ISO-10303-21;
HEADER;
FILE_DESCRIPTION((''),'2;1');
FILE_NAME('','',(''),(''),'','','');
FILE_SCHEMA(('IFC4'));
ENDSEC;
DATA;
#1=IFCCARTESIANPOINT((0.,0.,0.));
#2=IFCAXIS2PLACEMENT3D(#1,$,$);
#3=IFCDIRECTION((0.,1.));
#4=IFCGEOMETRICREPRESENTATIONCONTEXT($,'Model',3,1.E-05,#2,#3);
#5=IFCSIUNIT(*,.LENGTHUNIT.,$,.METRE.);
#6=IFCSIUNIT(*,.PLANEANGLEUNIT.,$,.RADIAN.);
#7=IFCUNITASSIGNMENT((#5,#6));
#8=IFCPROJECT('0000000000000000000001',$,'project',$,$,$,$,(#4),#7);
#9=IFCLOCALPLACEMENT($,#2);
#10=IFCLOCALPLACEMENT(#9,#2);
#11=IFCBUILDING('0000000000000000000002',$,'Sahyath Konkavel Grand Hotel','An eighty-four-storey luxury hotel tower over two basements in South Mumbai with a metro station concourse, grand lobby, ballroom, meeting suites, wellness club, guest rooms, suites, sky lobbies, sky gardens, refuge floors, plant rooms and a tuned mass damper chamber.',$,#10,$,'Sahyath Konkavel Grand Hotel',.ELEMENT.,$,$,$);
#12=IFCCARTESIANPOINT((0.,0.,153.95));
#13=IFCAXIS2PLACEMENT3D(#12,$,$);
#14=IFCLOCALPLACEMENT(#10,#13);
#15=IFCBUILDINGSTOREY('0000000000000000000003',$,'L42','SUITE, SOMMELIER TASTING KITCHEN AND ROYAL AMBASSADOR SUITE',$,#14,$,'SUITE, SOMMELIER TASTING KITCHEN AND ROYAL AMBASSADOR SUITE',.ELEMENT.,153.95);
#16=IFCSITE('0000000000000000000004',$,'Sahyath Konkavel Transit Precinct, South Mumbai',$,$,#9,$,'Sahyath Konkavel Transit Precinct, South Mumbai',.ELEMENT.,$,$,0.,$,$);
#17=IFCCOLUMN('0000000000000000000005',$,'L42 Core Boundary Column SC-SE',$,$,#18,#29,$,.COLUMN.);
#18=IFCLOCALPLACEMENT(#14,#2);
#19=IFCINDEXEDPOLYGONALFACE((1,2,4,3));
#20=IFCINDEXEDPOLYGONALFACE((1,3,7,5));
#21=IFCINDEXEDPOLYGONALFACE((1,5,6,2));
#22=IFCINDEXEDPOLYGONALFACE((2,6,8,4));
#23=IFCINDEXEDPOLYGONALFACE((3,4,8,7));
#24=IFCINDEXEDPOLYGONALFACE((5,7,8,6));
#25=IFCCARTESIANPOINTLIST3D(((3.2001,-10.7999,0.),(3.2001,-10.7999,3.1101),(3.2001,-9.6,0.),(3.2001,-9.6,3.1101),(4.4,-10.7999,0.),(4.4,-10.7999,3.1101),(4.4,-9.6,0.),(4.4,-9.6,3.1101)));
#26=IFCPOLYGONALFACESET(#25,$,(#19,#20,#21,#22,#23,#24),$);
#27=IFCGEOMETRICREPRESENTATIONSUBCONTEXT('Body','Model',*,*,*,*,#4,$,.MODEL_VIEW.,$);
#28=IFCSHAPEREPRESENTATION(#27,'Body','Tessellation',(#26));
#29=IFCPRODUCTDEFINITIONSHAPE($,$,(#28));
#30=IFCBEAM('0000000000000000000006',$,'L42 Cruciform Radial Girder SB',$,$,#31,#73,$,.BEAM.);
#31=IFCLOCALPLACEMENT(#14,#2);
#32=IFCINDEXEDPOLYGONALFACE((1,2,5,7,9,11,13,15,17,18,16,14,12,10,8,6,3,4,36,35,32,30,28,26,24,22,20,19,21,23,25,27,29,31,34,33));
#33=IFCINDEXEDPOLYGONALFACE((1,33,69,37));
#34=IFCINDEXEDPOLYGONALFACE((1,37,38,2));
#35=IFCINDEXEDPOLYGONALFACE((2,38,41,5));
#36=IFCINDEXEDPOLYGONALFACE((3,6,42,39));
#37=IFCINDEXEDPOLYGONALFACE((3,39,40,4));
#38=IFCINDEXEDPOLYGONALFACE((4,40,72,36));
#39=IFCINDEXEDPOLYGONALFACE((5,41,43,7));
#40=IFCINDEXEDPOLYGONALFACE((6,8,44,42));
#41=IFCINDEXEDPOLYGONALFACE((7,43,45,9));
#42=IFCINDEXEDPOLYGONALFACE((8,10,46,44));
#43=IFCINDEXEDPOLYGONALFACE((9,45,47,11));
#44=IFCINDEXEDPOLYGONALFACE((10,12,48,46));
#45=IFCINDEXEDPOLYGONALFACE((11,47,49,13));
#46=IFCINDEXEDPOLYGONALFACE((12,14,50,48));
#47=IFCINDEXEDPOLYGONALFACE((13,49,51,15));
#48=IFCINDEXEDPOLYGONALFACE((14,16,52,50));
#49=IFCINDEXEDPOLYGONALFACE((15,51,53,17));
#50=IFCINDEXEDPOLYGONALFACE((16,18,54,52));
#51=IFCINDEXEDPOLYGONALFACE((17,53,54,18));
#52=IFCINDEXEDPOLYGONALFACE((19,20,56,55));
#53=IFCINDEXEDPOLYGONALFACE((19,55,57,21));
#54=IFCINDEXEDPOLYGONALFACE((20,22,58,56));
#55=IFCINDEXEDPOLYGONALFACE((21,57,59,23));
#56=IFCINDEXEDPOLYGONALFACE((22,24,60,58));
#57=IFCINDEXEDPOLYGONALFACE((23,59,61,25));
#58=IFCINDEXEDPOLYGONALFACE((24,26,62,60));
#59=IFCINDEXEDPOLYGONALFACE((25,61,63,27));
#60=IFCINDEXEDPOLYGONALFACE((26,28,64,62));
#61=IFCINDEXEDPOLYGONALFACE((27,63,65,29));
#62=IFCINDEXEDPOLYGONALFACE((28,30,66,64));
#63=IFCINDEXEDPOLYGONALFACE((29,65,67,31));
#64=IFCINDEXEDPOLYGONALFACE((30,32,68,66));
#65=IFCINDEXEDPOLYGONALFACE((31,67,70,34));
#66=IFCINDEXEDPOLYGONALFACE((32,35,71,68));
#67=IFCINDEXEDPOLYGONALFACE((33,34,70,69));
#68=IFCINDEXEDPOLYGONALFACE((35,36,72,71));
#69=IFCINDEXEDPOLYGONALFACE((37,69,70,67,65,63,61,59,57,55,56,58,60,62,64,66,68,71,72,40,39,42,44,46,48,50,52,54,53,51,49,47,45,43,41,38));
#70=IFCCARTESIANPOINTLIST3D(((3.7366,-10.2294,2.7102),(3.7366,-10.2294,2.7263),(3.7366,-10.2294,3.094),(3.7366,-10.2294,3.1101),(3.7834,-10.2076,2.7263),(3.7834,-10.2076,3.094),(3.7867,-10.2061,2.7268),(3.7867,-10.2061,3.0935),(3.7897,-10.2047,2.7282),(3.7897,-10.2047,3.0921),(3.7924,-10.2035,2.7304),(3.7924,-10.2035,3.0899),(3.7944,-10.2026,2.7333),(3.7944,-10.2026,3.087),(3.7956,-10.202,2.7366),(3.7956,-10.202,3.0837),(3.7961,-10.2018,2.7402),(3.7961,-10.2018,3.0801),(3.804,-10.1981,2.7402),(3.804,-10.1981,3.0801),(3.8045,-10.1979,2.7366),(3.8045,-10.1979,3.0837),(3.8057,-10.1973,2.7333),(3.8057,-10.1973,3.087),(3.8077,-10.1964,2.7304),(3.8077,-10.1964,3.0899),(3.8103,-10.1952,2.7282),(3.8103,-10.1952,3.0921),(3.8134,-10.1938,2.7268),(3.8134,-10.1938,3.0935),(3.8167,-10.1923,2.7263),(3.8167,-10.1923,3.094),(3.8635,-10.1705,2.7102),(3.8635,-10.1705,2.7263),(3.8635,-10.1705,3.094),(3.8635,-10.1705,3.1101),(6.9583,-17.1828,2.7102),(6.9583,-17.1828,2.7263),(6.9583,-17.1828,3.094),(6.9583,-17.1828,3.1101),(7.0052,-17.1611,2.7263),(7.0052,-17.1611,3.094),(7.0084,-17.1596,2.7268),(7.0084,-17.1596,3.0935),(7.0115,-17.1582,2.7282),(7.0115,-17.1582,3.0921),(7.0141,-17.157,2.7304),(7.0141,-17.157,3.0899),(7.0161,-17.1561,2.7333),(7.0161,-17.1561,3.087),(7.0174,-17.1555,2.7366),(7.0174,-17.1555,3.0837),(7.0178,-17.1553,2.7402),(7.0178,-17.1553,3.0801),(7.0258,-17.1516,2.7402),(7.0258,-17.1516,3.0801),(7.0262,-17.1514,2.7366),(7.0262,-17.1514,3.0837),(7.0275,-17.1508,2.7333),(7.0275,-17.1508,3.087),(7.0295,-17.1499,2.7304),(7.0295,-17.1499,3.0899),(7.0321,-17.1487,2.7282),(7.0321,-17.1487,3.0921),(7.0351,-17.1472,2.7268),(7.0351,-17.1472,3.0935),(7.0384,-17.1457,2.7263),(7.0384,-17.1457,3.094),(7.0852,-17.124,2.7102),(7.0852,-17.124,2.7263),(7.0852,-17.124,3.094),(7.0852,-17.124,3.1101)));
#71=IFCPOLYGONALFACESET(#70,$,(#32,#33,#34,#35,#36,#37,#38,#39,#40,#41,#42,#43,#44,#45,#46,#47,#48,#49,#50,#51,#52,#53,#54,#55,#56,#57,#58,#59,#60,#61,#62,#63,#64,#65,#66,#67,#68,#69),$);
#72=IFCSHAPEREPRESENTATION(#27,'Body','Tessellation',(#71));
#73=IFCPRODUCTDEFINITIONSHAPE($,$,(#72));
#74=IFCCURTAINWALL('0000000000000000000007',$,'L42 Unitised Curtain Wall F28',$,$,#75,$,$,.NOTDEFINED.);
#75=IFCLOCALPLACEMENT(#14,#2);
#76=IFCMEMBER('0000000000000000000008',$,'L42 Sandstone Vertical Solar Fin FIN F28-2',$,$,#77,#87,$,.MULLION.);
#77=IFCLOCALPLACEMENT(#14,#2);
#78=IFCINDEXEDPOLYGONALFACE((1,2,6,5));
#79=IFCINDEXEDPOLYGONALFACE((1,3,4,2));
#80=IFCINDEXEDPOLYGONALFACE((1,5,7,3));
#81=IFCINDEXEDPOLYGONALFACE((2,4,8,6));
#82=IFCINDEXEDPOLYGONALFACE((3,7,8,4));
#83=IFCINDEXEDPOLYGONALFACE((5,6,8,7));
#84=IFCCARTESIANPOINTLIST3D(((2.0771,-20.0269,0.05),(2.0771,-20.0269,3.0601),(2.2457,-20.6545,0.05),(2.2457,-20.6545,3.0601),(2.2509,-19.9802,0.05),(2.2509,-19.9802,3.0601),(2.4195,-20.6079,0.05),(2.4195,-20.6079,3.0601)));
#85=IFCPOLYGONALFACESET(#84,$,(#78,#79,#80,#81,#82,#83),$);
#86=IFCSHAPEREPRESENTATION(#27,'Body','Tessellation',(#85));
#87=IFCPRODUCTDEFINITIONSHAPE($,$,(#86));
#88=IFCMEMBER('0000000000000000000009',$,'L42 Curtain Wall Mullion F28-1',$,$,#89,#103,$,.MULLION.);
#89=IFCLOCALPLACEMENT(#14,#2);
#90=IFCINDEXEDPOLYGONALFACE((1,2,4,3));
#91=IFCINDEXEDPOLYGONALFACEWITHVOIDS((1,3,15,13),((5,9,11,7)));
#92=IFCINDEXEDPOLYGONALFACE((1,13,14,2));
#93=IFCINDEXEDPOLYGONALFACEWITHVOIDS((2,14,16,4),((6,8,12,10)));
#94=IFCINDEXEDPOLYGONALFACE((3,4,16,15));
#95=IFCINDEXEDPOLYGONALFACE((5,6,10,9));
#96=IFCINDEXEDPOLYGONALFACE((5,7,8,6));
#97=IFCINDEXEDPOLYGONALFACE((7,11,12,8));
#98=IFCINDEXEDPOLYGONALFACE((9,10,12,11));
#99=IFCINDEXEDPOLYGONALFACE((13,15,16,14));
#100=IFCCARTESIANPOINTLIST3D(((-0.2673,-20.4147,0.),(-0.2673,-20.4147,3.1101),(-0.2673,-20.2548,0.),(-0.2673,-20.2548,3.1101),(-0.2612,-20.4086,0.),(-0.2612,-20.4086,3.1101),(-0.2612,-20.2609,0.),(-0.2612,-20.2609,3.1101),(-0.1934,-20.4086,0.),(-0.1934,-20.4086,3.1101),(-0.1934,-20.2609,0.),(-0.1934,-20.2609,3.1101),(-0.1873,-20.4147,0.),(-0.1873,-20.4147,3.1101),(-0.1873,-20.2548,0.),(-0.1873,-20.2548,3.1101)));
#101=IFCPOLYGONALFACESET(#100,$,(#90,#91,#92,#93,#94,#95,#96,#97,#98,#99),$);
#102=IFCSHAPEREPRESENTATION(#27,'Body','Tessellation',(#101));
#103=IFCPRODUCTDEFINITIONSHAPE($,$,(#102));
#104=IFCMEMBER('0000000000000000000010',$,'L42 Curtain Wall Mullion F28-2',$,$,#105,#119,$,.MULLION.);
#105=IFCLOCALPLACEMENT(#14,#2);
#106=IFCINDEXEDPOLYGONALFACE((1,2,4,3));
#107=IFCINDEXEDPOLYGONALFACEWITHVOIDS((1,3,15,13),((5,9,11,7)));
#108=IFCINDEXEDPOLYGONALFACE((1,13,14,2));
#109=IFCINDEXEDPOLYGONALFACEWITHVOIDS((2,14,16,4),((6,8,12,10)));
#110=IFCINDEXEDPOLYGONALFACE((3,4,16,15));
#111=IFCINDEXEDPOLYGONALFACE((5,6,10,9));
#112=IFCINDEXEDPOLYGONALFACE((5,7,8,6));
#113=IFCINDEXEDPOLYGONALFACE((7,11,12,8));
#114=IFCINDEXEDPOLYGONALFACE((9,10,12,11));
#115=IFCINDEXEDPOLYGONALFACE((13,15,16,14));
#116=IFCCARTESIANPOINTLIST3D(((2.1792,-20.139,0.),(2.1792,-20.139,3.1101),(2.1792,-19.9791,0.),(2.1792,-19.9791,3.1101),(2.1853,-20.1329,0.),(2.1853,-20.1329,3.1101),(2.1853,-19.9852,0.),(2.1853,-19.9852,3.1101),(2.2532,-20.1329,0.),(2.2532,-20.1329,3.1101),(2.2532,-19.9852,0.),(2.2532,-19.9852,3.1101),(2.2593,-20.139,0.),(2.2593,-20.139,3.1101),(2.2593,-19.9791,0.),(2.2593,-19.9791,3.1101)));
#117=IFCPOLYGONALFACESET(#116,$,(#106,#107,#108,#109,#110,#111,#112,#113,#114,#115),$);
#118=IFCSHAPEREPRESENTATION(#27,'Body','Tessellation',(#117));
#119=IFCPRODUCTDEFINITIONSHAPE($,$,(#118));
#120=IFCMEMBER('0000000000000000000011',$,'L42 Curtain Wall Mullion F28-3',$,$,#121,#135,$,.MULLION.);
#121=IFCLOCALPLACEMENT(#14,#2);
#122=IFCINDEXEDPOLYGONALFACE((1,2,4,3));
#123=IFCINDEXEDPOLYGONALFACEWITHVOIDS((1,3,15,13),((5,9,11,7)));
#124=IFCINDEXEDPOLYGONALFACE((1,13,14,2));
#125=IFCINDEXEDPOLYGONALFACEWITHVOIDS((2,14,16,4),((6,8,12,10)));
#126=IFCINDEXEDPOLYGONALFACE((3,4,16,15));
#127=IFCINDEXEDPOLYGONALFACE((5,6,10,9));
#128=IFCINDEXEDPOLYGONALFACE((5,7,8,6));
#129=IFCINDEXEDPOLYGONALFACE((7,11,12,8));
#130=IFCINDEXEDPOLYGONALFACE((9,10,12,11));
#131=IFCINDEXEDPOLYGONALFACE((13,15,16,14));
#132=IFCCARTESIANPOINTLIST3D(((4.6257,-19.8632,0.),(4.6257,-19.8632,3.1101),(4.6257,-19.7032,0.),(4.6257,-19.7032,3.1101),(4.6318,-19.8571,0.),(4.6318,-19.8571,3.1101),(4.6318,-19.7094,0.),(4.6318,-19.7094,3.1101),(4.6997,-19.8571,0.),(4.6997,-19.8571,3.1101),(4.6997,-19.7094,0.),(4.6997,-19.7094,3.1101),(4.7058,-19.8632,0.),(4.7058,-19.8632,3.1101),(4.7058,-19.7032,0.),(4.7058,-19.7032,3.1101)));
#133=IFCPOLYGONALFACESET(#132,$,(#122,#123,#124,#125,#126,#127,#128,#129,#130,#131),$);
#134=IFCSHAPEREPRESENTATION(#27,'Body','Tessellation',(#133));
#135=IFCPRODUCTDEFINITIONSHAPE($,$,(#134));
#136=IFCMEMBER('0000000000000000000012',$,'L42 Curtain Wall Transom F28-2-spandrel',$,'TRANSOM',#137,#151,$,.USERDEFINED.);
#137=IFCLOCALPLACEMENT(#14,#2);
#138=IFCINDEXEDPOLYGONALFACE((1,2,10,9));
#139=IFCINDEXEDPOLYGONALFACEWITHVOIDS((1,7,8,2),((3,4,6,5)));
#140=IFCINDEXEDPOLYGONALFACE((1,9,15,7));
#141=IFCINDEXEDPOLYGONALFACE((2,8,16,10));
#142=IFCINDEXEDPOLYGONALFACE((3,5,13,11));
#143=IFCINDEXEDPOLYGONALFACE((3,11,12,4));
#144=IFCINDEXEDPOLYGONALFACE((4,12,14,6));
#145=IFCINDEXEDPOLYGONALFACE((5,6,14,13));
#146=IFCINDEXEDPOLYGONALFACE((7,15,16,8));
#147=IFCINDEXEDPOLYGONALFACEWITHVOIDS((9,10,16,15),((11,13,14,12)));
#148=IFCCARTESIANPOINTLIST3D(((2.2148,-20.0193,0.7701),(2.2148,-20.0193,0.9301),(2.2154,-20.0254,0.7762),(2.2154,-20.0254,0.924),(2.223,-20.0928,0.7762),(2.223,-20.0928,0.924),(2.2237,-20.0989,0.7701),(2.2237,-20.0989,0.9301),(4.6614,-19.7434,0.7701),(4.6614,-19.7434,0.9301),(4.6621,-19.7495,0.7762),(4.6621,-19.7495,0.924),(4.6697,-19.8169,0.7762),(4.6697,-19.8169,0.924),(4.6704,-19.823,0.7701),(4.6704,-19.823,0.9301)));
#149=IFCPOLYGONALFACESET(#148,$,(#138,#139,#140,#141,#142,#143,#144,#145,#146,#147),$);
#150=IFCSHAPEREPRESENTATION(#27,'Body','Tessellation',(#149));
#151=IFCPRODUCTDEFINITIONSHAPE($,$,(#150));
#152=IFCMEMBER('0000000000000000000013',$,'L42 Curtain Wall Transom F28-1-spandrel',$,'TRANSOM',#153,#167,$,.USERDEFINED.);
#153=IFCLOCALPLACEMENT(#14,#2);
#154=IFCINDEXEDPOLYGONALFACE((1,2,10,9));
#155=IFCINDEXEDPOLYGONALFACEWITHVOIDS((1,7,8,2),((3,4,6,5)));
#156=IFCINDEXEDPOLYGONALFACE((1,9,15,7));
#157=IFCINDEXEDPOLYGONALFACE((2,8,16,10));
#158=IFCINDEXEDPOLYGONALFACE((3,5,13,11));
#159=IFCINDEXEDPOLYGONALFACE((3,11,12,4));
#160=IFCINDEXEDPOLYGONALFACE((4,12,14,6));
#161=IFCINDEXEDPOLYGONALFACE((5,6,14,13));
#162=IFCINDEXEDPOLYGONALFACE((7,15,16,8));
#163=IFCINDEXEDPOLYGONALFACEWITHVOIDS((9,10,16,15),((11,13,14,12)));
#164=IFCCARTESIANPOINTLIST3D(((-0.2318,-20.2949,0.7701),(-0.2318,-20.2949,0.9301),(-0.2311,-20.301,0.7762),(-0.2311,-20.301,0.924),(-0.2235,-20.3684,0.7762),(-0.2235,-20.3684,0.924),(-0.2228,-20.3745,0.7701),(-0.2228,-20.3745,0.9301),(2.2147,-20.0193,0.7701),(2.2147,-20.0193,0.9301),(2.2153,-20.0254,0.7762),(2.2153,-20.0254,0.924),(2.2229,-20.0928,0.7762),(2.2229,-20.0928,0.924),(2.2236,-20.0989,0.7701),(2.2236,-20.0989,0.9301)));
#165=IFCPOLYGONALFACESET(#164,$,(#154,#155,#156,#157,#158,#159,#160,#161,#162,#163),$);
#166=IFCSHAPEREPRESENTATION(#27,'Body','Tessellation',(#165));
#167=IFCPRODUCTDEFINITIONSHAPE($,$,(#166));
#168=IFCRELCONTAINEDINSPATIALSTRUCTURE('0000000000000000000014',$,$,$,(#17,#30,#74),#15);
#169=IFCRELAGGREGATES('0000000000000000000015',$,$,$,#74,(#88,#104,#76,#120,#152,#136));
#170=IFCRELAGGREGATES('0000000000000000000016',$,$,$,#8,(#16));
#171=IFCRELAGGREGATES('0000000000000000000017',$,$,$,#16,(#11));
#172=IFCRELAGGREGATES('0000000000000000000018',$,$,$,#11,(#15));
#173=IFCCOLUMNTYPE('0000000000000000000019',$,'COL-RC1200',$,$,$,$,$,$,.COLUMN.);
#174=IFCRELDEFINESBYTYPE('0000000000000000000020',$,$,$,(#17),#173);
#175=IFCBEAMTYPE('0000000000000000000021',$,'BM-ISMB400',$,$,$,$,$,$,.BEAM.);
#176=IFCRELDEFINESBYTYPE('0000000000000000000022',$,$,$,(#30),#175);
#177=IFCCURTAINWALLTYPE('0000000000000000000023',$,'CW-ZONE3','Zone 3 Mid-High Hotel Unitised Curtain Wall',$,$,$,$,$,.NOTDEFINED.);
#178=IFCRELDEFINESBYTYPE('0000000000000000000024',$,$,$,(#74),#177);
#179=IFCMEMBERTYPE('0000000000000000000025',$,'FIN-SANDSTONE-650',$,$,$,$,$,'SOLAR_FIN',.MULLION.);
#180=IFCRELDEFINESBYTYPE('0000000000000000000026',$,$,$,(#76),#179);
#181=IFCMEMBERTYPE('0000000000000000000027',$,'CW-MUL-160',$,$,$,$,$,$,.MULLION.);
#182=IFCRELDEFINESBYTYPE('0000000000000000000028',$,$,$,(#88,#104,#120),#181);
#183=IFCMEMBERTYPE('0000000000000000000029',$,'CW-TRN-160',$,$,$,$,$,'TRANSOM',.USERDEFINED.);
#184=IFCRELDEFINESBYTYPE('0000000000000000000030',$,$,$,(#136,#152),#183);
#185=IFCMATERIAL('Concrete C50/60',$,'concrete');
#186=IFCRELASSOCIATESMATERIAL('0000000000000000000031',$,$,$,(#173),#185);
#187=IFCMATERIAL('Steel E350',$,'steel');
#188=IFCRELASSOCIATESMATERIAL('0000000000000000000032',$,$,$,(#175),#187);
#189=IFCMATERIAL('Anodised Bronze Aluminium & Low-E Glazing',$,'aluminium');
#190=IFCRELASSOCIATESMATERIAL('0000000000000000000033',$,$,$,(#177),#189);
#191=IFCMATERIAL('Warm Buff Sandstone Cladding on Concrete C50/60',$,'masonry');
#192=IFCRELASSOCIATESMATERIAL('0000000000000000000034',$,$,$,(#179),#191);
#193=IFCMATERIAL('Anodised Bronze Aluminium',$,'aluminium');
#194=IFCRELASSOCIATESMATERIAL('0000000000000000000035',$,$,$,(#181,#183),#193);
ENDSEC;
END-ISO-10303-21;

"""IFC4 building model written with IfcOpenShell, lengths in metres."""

from ifc_helpers import new_model, si_unit, direction, frame, origin, origin_2d, place, context, subcontext, project, spatial, rectangle, hollow_rectangle, i_section, extrude, source, transform, mapped, material, material_profile, profile_set, type_object, element, aggregate, save


model = new_model("IFC4")

# Units and contexts
model_context = context("Model", 3, precision=1e-05, world=origin(), true_north=direction((0.0, 1.0)))
body_context = subcontext(model_context, "Body", "Model", "MODEL_VIEW")
ifc_project = project(units=[si_unit("LENGTHUNIT", "METRE"), si_unit("PLANEANGLEUNIT", "RADIAN")], contexts=[model_context])

# Site, building, storey
site_placement = place(None, origin())
site = spatial("IfcSite", under=ifc_project, at=site_placement, Name="Sahyath Konkavel Transit Precinct, South Mumbai", LongName="Sahyath Konkavel Transit Precinct, South Mumbai", CompositionType="ELEMENT", RefElevation=0.0)
building_placement = place(site_placement, origin())
building = spatial("IfcBuilding", under=site, at=building_placement, Name="Sahyath Konkavel Grand Hotel", Description="An eighty-four-storey luxury hotel tower over two basements in South Mumbai with a metro station concourse, grand lobby, ballroom, meeting suites, wellness club, guest rooms, suites, sky lobbies, sky gardens, refuge floors, plant rooms and a tuned mass damper chamber.", LongName="Sahyath Konkavel Grand Hotel", CompositionType="ELEMENT")
storey_placement = place(building_placement, frame((0.0, 0.0, 153.95)))
storey = spatial("IfcBuildingStorey", under=building, at=storey_placement, Name="L42", Description="SUITE, SOMMELIER TASTING KITCHEN AND ROYAL AMBASSADOR SUITE", LongName="SUITE, SOMMELIER TASTING KITCHEN AND ROYAL AMBASSADOR SUITE", CompositionType="ELEMENT", Elevation=153.95)

# Column
ifc_material_1 = material(Name="Concrete C50/60", Category="concrete")
ifc_material_profile_1 = material_profile(ifc_material_1, rectangle(XDim=1.2, YDim=1.2, at=origin_2d()), Name="RC 1200x1200")
ifc_profile_set_1 = profile_set([ifc_material_profile_1], Name="Concrete C50/60")
column_type = type_object("IfcColumnType", Name="COL-RC1200", PredefinedType="COLUMN", material=ifc_profile_set_1)
shared_shape_1 = source(origin(), body_context, "Body", "SweptSolid", [
    extrude(rectangle(XDim=1.2, YDim=1.2, at=origin_2d()), origin(), (0.0, 0.0, 1.0), 3.1101),
])
column_placement = place(storey_placement, frame((3.8, -10.2, 0.0), z_axis=(0.0, 0.0, 1.0), x_axis=(1.0, 0.0, 0.0)))
element("IfcColumn", 1, at=column_placement, inside=storey, type_object=column_type, Name="L42 Core Boundary Column SC-SE", PredefinedType="COLUMN", context=body_context, shape_type="MappedRepresentation", body=[
    mapped(shared_shape_1, transform((0.0, 0.0, 0.0), scale=1.0)),
])

# Beam
ifc_material_2 = material(Name="Steel E350", Category="steel")
ifc_material_profile_2 = material_profile(ifc_material_2, i_section(OverallWidth=0.1399, OverallDepth=0.3999, WebThickness=0.0088, FlangeThickness=0.0161, FilletRadius=0.0139, at=origin_2d()), Name="ISMB 400")
ifc_profile_set_2 = profile_set([ifc_material_profile_2], Name="Steel E350")
beam_type_1 = type_object("IfcBeamType", Name="BM-ISMB400", PredefinedType="BEAM", material=ifc_profile_set_2)
shared_shape_2 = source(origin(), body_context, "Body", "SweptSolid", [
    extrude(i_section(OverallWidth=0.1399, OverallDepth=0.3999, WebThickness=0.0088, FlangeThickness=0.0161, FilletRadius=0.0139, at=origin_2d()), origin(), (0.0, 0.0, 1.0), 7.6636),
])
beam_1_placement = place(storey_placement, frame((3.8, -10.2, 2.9102), z_axis=(0.420395, -0.907341, 0.0), x_axis=(0.907341, 0.420395, 0.0)))
element("IfcBeam", 2, at=beam_1_placement, inside=storey, type_object=beam_type_1, Name="L42 Cruciform Radial Girder SB", PredefinedType="BEAM", context=body_context, shape_type="MappedRepresentation", body=[
    mapped(shared_shape_2, transform((0.0, 0.0, 0.0), scale=1.0)),
])

# Curtain wall, members
ifc_material_3 = material(Name="Anodised Bronze Aluminium & Low-E Glazing", Category="aluminium")
curtain_wall_type = type_object("IfcCurtainWallType", Name="CW-ZONE3", Description="Zone 3 Mid-High Hotel Unitised Curtain Wall", PredefinedType="NOTDEFINED", material=ifc_material_3)
curtain_wall_placement = place(storey_placement, origin())
curtain_wall = element("IfcCurtainWall", 3, at=curtain_wall_placement, inside=storey, type_object=curtain_wall_type, Name="L42 Unitised Curtain Wall F28", PredefinedType="NOTDEFINED")
ifc_material_4 = material(Name="Warm Buff Sandstone Cladding on Concrete C50/60", Category="masonry")
ifc_material_profile_3 = material_profile(ifc_material_4, rectangle(XDim=0.1799, YDim=0.6499, at=origin_2d()), Name="FIN 180x650")
ifc_profile_set_3 = profile_set([ifc_material_profile_3], Name="Warm Buff Sandstone Cladding on Concrete C50/60")
member_type_1 = type_object("IfcMemberType", Name="FIN-SANDSTONE-650", ElementType="SOLAR_FIN", PredefinedType="MULLION", material=ifc_profile_set_3)
shared_shape_3 = source(origin(), body_context, "Body", "SweptSolid", [
    extrude(rectangle(XDim=0.1799, YDim=0.6499, at=origin_2d()), origin(), (0.0, 0.0, 1.0), 3.01),
])
member_1_placement = place(storey_placement, frame((2.2483, -20.3174, 0.05), z_axis=(0.0, 0.0, 1.0), x_axis=(0.965745, 0.259493, 0.0)))
member_1 = element("IfcMember", 4, at=member_1_placement, type_object=member_type_1, Name="L42 Sandstone Vertical Solar Fin FIN F28-2", PredefinedType="MULLION", context=body_context, shape_type="MappedRepresentation", body=[
    mapped(shared_shape_3, transform((0.0, 0.0, 0.0), scale=1.0)),
])
ifc_material_5 = material(Name="Anodised Bronze Aluminium", Category="aluminium")
ifc_material_profile_4 = material_profile(ifc_material_5, hollow_rectangle(XDim=0.0801, YDim=0.1599, WallThickness=0.0061, at=origin_2d()), Name="RHS 160x80x6")
ifc_profile_set_4 = profile_set([ifc_material_profile_4], Name="Anodised Bronze Aluminium")
member_type_2 = type_object("IfcMemberType", Name="CW-MUL-160", PredefinedType="MULLION", material=ifc_profile_set_4)
shared_shape_4 = source(origin(), body_context, "Body", "SweptSolid", [
    extrude(hollow_rectangle(XDim=0.0801, YDim=0.1599, WallThickness=0.0061, at=origin_2d()), origin(), (0.0, 0.0, 1.0), 3.1101),
])
member_2_placement = place(storey_placement, frame((-0.2273, -20.3347, 0.0), z_axis=(0.0, 0.0, 1.0), x_axis=(1.0, 0.0, 0.0)))
member_2 = element("IfcMember", 5, at=member_2_placement, type_object=member_type_2, Name="L42 Curtain Wall Mullion F28-1", PredefinedType="MULLION", context=body_context, shape_type="MappedRepresentation", body=[
    mapped(shared_shape_4, transform((0.0, 0.0, 0.0), scale=1.0)),
])
member_3_placement = place(storey_placement, frame((2.2192, -20.0591, 0.0), z_axis=(0.0, 0.0, 1.0), x_axis=(1.0, 0.0, 0.0)))
member_3 = element("IfcMember", 6, at=member_3_placement, type_object=member_type_2, Name="L42 Curtain Wall Mullion F28-2", PredefinedType="MULLION", context=body_context, shape_type="MappedRepresentation", body=[
    mapped(shared_shape_4, transform((0.0, 0.0, 0.0), scale=1.0)),
])
member_4_placement = place(storey_placement, frame((4.6658, -19.7832, 0.0), z_axis=(0.0, 0.0, 1.0), x_axis=(1.0, 0.0, 0.0)))
member_4 = element("IfcMember", 7, at=member_4_placement, type_object=member_type_2, Name="L42 Curtain Wall Mullion F28-3", PredefinedType="MULLION", context=body_context, shape_type="MappedRepresentation", body=[
    mapped(shared_shape_4, transform((0.0, 0.0, 0.0), scale=1.0)),
])
ifc_material_profile_5 = material_profile(ifc_material_5, hollow_rectangle(XDim=0.0801, YDim=0.1599, WallThickness=0.0061, at=origin_2d()), Name="RHS 160x80x6")
ifc_profile_set_5 = profile_set([ifc_material_profile_5], Name="Anodised Bronze Aluminium")
member_type_3 = type_object("IfcMemberType", Name="CW-TRN-160", ElementType="TRANSOM", PredefinedType="USERDEFINED", material=ifc_profile_set_5)
shared_shape_5 = source(origin(), body_context, "Body", "SweptSolid", [
    extrude(hollow_rectangle(XDim=0.0801, YDim=0.1599, WallThickness=0.0061, at=origin_2d()), origin(), (0.0, 0.0, 1.0), 2.4622),
])
member_5_placement = place(storey_placement, frame((2.2192, -20.0591, 0.8501), z_axis=(0.993702, 0.112053, 0.0), x_axis=(-0.112053, 0.993702, 0.0)))
member_5 = element("IfcMember", 8, at=member_5_placement, type_object=member_type_3, Name="L42 Curtain Wall Transom F28-2-spandrel", ObjectType="TRANSOM", PredefinedType="USERDEFINED", context=body_context, shape_type="MappedRepresentation", body=[
    mapped(shared_shape_5, transform((0.0, 0.0, 0.0), scale=1.0)),
])
shared_shape_6 = source(origin(), body_context, "Body", "SweptSolid", [
    extrude(hollow_rectangle(XDim=0.0801, YDim=0.1599, WallThickness=0.0061, at=origin_2d()), origin(), (0.0, 0.0, 1.0), 2.4619),
])
member_6_placement = place(storey_placement, frame((-0.2273, -20.3347, 0.8501), z_axis=(0.993713, 0.111955, 0.0), x_axis=(-0.111955, 0.993713, 0.0)))
member_6 = element("IfcMember", 9, at=member_6_placement, type_object=member_type_3, Name="L42 Curtain Wall Transom F28-1-spandrel", ObjectType="TRANSOM", PredefinedType="USERDEFINED", context=body_context, shape_type="MappedRepresentation", body=[
    mapped(shared_shape_6, transform((0.0, 0.0, 0.0), scale=1.0)),
])

aggregate(curtain_wall, [member_2, member_3, member_1, member_4, member_6, member_5])

save(model, "model.ifc")
